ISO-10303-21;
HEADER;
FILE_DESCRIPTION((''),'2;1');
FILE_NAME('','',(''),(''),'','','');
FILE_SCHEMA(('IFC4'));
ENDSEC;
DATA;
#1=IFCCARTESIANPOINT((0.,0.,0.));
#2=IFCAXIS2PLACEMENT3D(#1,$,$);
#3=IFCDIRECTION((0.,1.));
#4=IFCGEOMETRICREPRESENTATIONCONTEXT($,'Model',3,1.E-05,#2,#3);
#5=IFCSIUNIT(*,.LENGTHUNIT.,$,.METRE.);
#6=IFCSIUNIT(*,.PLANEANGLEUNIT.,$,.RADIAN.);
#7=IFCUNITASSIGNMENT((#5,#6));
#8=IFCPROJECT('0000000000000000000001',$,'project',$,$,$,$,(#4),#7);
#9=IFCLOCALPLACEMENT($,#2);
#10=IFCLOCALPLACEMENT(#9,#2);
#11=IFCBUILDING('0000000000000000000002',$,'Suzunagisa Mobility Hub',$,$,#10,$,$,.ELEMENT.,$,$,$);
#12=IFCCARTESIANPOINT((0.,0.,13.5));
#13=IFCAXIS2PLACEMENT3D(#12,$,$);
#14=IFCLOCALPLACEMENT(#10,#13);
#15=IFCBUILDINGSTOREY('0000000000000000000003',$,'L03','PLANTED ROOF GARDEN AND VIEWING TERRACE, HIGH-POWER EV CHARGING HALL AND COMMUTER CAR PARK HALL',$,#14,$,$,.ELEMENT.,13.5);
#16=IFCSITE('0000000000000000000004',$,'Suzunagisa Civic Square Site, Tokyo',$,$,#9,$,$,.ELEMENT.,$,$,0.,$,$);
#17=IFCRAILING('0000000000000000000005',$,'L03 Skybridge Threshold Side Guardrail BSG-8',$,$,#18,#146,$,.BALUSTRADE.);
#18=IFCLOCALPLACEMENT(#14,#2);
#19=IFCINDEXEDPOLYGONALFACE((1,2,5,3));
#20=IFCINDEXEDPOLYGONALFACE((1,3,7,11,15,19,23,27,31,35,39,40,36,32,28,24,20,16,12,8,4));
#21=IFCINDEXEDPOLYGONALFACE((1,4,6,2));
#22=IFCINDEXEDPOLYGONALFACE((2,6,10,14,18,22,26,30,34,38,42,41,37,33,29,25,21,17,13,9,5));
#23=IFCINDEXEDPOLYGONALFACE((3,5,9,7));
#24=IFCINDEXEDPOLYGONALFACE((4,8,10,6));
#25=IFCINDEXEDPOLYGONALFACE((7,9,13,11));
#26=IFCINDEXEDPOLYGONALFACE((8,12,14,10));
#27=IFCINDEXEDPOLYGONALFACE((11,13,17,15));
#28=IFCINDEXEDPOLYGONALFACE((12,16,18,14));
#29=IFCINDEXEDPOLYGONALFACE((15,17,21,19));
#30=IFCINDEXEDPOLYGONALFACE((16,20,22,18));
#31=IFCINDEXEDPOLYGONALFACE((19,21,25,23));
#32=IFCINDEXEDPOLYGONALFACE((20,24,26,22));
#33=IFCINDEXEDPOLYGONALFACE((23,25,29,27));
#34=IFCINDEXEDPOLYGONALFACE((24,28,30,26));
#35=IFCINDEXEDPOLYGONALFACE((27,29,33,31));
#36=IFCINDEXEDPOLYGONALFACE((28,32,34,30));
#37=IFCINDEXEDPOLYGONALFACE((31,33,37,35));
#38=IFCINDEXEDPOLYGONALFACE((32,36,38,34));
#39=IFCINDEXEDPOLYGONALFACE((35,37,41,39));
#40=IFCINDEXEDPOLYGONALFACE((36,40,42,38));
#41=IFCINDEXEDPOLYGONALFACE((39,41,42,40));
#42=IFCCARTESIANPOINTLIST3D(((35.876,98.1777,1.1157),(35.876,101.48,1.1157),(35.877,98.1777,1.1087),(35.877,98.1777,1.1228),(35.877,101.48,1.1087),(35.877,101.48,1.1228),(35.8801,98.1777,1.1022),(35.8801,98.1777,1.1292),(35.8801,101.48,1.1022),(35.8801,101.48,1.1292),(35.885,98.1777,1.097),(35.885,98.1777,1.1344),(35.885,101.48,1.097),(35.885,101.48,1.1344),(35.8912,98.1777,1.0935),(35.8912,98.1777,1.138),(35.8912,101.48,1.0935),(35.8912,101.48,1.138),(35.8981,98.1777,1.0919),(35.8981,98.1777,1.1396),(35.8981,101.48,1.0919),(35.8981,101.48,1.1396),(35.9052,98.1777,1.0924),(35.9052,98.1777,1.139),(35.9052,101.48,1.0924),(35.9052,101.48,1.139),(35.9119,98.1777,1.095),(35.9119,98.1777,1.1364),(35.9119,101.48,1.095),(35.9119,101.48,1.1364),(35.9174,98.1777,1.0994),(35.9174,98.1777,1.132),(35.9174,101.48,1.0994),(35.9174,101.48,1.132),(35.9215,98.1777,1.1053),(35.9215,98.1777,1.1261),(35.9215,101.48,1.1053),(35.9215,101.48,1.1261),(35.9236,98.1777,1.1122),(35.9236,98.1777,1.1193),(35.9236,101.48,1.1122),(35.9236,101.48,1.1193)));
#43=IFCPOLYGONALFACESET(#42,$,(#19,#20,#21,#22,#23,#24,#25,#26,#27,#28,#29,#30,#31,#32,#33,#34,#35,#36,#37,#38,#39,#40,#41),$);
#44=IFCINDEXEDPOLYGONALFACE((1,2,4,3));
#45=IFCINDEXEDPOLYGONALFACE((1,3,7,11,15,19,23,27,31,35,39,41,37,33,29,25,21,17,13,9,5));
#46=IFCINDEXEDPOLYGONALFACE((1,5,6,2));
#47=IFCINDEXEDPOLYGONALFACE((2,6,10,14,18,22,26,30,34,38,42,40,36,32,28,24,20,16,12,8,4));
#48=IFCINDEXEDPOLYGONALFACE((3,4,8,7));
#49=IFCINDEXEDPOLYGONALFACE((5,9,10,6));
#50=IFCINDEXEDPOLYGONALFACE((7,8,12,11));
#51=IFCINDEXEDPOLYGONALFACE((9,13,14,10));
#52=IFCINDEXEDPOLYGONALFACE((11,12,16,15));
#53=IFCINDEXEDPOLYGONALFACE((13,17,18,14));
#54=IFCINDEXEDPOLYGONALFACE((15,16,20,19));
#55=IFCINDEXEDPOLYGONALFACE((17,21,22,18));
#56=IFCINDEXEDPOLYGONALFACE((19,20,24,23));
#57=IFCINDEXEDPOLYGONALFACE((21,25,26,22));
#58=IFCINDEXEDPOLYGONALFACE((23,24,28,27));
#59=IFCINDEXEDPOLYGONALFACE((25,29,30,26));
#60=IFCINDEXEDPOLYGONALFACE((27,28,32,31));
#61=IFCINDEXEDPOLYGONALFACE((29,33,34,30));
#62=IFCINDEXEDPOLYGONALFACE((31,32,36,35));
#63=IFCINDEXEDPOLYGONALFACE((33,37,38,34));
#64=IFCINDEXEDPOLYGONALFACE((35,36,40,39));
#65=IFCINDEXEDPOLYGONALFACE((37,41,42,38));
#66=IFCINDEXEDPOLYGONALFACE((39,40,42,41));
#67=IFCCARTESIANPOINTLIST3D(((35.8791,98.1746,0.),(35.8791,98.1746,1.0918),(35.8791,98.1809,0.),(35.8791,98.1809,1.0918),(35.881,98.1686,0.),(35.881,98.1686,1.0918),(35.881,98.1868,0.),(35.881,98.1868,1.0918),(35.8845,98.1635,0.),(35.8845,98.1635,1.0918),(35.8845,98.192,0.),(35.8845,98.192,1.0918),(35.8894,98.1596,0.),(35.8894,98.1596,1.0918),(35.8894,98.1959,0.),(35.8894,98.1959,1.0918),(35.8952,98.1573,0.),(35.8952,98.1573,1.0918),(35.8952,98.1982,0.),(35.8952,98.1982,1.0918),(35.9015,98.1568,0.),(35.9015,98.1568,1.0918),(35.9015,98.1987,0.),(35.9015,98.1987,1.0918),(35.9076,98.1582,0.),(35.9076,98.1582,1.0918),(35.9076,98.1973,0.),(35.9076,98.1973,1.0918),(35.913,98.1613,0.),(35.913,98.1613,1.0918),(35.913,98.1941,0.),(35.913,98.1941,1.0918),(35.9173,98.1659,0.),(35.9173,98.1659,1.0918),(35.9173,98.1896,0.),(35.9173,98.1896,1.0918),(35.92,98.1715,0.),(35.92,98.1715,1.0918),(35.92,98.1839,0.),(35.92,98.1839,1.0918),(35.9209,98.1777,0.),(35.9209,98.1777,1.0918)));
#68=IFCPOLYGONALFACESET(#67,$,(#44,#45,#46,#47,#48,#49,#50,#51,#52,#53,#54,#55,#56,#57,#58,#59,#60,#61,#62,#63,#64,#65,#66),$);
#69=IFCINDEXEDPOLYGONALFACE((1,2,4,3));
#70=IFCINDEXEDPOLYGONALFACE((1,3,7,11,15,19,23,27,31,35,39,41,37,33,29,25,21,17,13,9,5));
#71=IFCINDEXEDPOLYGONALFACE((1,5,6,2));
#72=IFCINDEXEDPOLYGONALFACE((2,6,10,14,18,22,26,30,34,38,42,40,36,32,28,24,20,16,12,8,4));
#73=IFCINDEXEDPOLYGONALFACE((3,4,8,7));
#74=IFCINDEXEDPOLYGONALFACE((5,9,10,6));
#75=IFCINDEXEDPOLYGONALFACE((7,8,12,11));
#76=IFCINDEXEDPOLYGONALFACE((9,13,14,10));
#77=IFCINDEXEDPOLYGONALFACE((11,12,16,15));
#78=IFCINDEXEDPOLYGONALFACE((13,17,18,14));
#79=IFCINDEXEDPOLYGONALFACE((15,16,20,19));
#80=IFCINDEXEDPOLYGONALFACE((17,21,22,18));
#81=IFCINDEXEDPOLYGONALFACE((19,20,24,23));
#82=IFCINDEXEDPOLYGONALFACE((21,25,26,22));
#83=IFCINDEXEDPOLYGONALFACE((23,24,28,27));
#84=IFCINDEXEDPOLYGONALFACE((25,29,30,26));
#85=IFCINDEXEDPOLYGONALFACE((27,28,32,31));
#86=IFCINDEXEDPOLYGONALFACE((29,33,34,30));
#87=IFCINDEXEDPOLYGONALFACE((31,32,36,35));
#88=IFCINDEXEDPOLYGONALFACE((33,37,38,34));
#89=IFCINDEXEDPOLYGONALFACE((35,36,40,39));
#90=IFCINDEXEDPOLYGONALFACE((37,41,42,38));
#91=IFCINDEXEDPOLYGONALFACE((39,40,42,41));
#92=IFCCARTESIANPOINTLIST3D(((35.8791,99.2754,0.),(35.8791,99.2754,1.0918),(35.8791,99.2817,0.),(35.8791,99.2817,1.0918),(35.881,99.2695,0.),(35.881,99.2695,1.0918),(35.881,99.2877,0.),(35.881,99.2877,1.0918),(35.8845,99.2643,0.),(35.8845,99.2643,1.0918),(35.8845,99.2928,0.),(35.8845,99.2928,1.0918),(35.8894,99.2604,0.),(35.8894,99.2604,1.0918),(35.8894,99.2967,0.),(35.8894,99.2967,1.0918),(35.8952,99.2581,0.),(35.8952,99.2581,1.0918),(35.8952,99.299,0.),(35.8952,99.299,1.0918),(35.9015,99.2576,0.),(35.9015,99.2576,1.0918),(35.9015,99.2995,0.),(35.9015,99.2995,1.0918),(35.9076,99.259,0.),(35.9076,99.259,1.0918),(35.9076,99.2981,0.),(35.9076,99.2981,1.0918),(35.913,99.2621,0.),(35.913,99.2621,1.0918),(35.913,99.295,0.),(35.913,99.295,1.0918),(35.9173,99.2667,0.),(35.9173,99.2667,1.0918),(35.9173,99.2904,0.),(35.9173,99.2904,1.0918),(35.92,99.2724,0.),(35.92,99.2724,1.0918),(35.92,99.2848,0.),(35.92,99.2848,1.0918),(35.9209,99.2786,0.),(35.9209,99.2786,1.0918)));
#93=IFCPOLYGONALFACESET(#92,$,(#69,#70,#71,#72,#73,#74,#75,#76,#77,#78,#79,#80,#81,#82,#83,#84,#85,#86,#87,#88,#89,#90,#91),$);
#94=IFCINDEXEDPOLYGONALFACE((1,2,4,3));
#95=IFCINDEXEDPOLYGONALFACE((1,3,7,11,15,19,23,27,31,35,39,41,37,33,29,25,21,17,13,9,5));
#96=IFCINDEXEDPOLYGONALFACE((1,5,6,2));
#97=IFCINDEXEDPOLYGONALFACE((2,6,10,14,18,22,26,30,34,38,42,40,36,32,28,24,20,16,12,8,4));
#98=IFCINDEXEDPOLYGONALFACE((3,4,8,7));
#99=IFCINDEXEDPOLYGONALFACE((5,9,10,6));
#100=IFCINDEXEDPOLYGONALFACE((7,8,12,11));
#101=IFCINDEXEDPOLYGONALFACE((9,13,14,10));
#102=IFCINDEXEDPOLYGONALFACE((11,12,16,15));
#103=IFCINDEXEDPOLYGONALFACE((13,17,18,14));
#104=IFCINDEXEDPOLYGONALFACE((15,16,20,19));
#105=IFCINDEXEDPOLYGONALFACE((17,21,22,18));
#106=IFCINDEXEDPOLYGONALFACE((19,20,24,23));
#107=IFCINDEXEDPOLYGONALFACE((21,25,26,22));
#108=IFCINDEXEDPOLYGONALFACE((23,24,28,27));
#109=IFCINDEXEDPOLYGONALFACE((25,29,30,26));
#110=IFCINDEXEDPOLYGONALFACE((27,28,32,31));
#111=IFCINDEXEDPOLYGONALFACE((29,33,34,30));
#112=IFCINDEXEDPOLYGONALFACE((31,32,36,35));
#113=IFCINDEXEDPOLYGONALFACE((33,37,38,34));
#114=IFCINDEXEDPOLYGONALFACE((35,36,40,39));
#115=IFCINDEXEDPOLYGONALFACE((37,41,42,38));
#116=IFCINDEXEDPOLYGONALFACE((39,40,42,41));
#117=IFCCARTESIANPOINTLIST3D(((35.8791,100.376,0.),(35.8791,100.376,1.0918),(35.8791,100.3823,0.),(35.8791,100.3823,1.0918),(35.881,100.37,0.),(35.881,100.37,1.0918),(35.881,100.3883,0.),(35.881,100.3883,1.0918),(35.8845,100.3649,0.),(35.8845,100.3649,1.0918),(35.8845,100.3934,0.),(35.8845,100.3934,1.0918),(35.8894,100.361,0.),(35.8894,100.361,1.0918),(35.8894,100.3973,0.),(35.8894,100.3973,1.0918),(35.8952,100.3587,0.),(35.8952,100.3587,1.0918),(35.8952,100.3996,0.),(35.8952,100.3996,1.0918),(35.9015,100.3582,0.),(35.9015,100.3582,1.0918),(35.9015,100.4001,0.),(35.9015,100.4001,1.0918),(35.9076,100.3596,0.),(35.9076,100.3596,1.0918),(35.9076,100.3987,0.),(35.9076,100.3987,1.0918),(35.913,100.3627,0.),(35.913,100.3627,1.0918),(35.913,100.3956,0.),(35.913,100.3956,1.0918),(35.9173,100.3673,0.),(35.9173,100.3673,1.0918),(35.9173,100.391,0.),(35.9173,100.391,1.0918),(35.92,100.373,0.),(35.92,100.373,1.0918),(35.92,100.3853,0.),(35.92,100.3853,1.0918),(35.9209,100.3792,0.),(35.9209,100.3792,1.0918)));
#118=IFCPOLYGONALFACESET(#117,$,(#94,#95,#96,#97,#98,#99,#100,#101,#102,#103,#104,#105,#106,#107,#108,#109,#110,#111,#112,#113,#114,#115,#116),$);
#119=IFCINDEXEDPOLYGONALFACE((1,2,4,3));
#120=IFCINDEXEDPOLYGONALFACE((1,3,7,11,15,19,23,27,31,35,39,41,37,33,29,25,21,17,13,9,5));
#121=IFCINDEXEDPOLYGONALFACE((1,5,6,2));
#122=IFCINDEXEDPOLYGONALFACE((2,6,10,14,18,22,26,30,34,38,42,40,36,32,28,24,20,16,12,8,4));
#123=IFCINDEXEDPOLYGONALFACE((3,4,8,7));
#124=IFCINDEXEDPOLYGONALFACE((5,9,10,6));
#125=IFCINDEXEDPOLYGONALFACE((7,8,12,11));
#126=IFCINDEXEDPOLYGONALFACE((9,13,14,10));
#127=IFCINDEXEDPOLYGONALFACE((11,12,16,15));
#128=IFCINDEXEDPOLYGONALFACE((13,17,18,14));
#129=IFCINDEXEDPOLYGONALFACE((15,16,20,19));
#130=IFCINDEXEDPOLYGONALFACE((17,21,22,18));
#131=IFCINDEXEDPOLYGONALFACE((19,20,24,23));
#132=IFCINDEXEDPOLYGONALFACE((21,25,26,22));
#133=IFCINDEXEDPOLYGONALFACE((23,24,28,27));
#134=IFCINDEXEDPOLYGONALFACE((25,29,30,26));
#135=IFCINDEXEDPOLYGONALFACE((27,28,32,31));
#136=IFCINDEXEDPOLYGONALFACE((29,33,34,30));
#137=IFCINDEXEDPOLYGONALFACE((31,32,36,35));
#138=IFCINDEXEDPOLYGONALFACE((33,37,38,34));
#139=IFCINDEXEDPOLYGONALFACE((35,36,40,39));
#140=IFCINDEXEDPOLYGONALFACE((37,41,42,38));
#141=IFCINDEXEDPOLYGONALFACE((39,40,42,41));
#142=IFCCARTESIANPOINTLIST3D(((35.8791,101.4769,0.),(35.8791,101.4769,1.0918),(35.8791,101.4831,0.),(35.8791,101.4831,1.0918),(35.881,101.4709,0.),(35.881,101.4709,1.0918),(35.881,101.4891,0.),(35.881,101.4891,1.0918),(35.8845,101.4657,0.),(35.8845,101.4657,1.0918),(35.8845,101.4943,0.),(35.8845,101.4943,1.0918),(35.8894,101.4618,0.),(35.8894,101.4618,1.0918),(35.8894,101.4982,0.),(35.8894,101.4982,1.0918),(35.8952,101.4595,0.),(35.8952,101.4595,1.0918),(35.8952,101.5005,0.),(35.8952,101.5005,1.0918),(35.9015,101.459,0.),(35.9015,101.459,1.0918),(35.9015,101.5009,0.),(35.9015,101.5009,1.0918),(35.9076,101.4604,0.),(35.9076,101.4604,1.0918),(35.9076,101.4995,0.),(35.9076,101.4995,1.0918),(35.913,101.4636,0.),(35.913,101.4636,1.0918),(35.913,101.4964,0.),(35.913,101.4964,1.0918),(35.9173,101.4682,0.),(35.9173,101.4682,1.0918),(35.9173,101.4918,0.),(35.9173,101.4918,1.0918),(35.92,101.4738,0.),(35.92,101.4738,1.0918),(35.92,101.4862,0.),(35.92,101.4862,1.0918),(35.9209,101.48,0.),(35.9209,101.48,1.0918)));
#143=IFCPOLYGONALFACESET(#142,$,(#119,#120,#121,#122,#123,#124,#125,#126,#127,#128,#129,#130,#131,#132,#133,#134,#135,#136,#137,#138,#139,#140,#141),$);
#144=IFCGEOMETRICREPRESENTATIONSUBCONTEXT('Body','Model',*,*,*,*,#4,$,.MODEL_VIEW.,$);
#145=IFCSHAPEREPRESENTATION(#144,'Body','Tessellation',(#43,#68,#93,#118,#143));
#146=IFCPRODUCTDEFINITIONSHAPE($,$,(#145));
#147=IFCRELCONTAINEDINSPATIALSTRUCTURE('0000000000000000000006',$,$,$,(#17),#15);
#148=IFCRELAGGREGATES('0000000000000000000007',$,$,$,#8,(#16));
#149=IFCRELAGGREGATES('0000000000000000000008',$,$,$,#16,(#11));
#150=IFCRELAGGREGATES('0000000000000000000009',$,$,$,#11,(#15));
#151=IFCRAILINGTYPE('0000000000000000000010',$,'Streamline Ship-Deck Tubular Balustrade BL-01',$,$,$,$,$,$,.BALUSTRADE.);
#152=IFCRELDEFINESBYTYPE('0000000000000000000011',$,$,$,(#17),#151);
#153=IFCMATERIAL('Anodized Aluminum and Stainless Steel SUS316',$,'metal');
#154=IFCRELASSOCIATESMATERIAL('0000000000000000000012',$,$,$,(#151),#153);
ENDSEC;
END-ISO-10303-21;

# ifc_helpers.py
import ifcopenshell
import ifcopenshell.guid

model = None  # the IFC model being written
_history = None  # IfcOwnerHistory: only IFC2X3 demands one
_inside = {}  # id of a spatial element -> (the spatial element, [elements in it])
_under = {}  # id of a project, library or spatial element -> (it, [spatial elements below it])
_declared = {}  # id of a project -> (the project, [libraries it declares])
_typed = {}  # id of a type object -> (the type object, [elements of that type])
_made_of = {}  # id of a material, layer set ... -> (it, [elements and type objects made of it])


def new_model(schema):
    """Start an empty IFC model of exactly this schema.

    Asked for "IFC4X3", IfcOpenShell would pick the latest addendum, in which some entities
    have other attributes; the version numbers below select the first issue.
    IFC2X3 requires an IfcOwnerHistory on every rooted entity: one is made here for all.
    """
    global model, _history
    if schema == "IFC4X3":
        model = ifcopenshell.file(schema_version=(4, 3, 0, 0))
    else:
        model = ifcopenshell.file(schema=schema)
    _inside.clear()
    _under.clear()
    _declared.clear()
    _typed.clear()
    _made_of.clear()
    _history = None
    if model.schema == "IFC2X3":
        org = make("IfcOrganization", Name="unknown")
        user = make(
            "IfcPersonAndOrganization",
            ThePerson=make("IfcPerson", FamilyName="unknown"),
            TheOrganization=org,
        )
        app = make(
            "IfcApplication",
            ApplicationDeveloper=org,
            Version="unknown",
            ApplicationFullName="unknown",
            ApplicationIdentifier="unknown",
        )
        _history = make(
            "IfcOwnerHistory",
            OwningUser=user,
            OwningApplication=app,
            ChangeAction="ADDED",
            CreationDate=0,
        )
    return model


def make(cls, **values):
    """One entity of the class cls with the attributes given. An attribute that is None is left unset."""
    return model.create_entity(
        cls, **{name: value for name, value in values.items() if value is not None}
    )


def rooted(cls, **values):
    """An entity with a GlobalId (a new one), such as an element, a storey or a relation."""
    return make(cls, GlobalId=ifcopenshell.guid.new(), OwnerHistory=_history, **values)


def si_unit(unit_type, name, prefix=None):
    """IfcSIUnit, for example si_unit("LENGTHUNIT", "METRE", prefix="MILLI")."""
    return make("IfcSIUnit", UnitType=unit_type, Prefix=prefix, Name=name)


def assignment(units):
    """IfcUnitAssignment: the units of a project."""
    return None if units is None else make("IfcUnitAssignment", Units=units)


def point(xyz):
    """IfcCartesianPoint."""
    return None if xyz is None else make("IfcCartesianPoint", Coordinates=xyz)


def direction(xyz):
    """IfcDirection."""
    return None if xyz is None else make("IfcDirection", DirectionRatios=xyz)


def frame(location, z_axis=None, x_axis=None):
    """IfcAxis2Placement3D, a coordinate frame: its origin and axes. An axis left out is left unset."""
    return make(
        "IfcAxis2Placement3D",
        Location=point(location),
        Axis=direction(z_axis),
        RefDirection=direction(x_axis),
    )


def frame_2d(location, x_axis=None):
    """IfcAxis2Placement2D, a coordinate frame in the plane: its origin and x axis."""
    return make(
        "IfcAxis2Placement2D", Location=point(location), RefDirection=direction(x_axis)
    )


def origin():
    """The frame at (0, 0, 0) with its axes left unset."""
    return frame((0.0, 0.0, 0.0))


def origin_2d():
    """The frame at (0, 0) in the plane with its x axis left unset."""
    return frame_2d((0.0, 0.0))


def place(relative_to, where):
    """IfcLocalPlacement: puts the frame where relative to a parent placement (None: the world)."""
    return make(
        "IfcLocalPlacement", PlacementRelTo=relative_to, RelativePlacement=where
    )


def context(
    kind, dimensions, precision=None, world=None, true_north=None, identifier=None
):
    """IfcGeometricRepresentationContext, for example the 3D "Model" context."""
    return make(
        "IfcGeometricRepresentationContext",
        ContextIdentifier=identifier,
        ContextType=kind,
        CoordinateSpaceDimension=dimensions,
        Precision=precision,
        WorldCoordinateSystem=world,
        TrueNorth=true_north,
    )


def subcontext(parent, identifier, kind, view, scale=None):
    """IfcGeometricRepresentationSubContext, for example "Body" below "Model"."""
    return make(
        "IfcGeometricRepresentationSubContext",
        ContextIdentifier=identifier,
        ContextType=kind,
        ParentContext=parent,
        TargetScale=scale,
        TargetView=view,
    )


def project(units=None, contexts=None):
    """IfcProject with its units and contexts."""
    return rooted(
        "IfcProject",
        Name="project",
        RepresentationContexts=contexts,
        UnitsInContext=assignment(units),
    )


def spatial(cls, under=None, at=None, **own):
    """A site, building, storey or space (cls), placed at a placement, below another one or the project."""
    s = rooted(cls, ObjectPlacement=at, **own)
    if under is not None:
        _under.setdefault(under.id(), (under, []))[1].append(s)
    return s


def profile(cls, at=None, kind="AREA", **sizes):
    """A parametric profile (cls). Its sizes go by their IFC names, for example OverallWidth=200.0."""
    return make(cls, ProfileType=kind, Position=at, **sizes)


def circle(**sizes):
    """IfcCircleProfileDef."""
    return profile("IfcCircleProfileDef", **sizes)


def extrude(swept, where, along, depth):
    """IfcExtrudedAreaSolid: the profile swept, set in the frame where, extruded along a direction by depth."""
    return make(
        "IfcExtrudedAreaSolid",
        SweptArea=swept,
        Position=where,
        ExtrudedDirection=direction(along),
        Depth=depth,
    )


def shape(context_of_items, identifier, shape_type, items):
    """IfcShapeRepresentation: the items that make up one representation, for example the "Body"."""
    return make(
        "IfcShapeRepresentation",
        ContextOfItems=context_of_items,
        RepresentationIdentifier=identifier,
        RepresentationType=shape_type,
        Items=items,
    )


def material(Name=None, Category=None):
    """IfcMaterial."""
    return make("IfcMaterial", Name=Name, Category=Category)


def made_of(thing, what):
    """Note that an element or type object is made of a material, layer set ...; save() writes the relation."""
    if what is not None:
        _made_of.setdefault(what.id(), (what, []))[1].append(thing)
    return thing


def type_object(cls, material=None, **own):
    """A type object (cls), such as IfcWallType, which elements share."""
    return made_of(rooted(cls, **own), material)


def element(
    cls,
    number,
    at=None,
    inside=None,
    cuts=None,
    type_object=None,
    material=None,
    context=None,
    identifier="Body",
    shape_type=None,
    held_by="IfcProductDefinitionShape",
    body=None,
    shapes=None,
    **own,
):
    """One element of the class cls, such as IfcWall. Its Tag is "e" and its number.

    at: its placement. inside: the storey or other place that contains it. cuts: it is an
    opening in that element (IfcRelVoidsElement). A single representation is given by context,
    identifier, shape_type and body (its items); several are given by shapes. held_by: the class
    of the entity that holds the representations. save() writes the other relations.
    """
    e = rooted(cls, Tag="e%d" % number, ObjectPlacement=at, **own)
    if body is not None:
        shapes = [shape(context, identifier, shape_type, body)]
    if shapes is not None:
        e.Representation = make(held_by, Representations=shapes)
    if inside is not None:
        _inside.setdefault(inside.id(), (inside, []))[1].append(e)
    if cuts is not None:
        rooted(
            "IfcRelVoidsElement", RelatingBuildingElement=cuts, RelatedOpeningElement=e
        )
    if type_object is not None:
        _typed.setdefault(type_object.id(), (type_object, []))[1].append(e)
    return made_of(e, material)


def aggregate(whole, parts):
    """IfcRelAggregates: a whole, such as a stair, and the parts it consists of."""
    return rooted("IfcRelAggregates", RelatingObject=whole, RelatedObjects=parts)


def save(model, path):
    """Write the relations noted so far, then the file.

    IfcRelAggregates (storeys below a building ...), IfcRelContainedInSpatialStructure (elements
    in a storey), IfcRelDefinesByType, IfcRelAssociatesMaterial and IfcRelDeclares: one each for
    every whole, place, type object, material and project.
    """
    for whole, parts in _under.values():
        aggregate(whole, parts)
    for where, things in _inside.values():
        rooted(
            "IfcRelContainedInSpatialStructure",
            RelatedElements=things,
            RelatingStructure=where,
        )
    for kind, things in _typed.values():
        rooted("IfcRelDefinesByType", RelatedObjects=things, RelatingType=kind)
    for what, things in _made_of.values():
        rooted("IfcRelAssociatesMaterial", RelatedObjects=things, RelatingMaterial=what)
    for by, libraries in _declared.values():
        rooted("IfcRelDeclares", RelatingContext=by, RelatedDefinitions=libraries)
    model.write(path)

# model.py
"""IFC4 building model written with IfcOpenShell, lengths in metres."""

from ifc_helpers import new_model, si_unit, direction, frame, origin, origin_2d, place, context, subcontext, project, spatial, circle, extrude, material, type_object, element, save


model = new_model("IFC4")

# Units and contexts
model_context = context("Model", 3, precision=1e-05, world=origin(), true_north=direction((0.0, 1.0)))
body_context = subcontext(model_context, "Body", "Model", "MODEL_VIEW")
ifc_project = project(units=[si_unit("LENGTHUNIT", "METRE"), si_unit("PLANEANGLEUNIT", "RADIAN")], contexts=[model_context])

# Site, building, storey
site_placement = place(None, origin())
site = spatial("IfcSite", under=ifc_project, at=site_placement, Name="Suzunagisa Civic Square Site, Tokyo", CompositionType="ELEMENT", RefElevation=0.0)
building_placement = place(site_placement, origin())
building = spatial("IfcBuilding", under=site, at=building_placement, Name="Suzunagisa Mobility Hub", CompositionType="ELEMENT")
storey_placement = place(building_placement, frame((0.0, 0.0, 13.5)))
storey = spatial("IfcBuildingStorey", under=building, at=storey_placement, Name="L03", Description="PLANTED ROOF GARDEN AND VIEWING TERRACE, HIGH-POWER EV CHARGING HALL AND COMMUTER CAR PARK HALL", CompositionType="ELEMENT", Elevation=13.5)

# Railing
ifc_material_1 = material(Name="Anodized Aluminum and Stainless Steel SUS316", Category="metal")
railing_type_1 = type_object("IfcRailingType", Name="Streamline Ship-Deck Tubular Balustrade BL-01", PredefinedType="BALUSTRADE", material=ifc_material_1)
railing_1_placement = place(storey_placement, frame((35.8999, 98.1777, 0.0)))
element("IfcRailing", 1, at=railing_1_placement, inside=storey, type_object=railing_type_1, Name="L03 Skybridge Threshold Side Guardrail BSG-8", PredefinedType="BALUSTRADE", context=body_context, shape_type="SweptSolid", body=[
    extrude(circle(Radius=0.0239, at=origin_2d()), frame((0.0, 0.0, 1.1157), z_axis=(0.0, 1.0, 0.0), x_axis=(-1.0, 0.0, 0.0)), (0.0, 0.0, 1.0), 3.3022),
    extrude(circle(Radius=0.021, at=origin_2d()), origin(), (0.0, 0.0, 1.0), 1.0918),
    extrude(circle(Radius=0.021, at=origin_2d()), frame((0.0, 1.1008, 0.0)), (0.0, 0.0, 1.0), 1.0918),
    extrude(circle(Radius=0.021, at=origin_2d()), frame((0.0, 2.2014, 0.0)), (0.0, 0.0, 1.0), 1.0918),
    extrude(circle(Radius=0.021, at=origin_2d()), frame((0.0, 3.3022, 0.0)), (0.0, 0.0, 1.0), 1.0918),
])

save(model, "model.ifc")
